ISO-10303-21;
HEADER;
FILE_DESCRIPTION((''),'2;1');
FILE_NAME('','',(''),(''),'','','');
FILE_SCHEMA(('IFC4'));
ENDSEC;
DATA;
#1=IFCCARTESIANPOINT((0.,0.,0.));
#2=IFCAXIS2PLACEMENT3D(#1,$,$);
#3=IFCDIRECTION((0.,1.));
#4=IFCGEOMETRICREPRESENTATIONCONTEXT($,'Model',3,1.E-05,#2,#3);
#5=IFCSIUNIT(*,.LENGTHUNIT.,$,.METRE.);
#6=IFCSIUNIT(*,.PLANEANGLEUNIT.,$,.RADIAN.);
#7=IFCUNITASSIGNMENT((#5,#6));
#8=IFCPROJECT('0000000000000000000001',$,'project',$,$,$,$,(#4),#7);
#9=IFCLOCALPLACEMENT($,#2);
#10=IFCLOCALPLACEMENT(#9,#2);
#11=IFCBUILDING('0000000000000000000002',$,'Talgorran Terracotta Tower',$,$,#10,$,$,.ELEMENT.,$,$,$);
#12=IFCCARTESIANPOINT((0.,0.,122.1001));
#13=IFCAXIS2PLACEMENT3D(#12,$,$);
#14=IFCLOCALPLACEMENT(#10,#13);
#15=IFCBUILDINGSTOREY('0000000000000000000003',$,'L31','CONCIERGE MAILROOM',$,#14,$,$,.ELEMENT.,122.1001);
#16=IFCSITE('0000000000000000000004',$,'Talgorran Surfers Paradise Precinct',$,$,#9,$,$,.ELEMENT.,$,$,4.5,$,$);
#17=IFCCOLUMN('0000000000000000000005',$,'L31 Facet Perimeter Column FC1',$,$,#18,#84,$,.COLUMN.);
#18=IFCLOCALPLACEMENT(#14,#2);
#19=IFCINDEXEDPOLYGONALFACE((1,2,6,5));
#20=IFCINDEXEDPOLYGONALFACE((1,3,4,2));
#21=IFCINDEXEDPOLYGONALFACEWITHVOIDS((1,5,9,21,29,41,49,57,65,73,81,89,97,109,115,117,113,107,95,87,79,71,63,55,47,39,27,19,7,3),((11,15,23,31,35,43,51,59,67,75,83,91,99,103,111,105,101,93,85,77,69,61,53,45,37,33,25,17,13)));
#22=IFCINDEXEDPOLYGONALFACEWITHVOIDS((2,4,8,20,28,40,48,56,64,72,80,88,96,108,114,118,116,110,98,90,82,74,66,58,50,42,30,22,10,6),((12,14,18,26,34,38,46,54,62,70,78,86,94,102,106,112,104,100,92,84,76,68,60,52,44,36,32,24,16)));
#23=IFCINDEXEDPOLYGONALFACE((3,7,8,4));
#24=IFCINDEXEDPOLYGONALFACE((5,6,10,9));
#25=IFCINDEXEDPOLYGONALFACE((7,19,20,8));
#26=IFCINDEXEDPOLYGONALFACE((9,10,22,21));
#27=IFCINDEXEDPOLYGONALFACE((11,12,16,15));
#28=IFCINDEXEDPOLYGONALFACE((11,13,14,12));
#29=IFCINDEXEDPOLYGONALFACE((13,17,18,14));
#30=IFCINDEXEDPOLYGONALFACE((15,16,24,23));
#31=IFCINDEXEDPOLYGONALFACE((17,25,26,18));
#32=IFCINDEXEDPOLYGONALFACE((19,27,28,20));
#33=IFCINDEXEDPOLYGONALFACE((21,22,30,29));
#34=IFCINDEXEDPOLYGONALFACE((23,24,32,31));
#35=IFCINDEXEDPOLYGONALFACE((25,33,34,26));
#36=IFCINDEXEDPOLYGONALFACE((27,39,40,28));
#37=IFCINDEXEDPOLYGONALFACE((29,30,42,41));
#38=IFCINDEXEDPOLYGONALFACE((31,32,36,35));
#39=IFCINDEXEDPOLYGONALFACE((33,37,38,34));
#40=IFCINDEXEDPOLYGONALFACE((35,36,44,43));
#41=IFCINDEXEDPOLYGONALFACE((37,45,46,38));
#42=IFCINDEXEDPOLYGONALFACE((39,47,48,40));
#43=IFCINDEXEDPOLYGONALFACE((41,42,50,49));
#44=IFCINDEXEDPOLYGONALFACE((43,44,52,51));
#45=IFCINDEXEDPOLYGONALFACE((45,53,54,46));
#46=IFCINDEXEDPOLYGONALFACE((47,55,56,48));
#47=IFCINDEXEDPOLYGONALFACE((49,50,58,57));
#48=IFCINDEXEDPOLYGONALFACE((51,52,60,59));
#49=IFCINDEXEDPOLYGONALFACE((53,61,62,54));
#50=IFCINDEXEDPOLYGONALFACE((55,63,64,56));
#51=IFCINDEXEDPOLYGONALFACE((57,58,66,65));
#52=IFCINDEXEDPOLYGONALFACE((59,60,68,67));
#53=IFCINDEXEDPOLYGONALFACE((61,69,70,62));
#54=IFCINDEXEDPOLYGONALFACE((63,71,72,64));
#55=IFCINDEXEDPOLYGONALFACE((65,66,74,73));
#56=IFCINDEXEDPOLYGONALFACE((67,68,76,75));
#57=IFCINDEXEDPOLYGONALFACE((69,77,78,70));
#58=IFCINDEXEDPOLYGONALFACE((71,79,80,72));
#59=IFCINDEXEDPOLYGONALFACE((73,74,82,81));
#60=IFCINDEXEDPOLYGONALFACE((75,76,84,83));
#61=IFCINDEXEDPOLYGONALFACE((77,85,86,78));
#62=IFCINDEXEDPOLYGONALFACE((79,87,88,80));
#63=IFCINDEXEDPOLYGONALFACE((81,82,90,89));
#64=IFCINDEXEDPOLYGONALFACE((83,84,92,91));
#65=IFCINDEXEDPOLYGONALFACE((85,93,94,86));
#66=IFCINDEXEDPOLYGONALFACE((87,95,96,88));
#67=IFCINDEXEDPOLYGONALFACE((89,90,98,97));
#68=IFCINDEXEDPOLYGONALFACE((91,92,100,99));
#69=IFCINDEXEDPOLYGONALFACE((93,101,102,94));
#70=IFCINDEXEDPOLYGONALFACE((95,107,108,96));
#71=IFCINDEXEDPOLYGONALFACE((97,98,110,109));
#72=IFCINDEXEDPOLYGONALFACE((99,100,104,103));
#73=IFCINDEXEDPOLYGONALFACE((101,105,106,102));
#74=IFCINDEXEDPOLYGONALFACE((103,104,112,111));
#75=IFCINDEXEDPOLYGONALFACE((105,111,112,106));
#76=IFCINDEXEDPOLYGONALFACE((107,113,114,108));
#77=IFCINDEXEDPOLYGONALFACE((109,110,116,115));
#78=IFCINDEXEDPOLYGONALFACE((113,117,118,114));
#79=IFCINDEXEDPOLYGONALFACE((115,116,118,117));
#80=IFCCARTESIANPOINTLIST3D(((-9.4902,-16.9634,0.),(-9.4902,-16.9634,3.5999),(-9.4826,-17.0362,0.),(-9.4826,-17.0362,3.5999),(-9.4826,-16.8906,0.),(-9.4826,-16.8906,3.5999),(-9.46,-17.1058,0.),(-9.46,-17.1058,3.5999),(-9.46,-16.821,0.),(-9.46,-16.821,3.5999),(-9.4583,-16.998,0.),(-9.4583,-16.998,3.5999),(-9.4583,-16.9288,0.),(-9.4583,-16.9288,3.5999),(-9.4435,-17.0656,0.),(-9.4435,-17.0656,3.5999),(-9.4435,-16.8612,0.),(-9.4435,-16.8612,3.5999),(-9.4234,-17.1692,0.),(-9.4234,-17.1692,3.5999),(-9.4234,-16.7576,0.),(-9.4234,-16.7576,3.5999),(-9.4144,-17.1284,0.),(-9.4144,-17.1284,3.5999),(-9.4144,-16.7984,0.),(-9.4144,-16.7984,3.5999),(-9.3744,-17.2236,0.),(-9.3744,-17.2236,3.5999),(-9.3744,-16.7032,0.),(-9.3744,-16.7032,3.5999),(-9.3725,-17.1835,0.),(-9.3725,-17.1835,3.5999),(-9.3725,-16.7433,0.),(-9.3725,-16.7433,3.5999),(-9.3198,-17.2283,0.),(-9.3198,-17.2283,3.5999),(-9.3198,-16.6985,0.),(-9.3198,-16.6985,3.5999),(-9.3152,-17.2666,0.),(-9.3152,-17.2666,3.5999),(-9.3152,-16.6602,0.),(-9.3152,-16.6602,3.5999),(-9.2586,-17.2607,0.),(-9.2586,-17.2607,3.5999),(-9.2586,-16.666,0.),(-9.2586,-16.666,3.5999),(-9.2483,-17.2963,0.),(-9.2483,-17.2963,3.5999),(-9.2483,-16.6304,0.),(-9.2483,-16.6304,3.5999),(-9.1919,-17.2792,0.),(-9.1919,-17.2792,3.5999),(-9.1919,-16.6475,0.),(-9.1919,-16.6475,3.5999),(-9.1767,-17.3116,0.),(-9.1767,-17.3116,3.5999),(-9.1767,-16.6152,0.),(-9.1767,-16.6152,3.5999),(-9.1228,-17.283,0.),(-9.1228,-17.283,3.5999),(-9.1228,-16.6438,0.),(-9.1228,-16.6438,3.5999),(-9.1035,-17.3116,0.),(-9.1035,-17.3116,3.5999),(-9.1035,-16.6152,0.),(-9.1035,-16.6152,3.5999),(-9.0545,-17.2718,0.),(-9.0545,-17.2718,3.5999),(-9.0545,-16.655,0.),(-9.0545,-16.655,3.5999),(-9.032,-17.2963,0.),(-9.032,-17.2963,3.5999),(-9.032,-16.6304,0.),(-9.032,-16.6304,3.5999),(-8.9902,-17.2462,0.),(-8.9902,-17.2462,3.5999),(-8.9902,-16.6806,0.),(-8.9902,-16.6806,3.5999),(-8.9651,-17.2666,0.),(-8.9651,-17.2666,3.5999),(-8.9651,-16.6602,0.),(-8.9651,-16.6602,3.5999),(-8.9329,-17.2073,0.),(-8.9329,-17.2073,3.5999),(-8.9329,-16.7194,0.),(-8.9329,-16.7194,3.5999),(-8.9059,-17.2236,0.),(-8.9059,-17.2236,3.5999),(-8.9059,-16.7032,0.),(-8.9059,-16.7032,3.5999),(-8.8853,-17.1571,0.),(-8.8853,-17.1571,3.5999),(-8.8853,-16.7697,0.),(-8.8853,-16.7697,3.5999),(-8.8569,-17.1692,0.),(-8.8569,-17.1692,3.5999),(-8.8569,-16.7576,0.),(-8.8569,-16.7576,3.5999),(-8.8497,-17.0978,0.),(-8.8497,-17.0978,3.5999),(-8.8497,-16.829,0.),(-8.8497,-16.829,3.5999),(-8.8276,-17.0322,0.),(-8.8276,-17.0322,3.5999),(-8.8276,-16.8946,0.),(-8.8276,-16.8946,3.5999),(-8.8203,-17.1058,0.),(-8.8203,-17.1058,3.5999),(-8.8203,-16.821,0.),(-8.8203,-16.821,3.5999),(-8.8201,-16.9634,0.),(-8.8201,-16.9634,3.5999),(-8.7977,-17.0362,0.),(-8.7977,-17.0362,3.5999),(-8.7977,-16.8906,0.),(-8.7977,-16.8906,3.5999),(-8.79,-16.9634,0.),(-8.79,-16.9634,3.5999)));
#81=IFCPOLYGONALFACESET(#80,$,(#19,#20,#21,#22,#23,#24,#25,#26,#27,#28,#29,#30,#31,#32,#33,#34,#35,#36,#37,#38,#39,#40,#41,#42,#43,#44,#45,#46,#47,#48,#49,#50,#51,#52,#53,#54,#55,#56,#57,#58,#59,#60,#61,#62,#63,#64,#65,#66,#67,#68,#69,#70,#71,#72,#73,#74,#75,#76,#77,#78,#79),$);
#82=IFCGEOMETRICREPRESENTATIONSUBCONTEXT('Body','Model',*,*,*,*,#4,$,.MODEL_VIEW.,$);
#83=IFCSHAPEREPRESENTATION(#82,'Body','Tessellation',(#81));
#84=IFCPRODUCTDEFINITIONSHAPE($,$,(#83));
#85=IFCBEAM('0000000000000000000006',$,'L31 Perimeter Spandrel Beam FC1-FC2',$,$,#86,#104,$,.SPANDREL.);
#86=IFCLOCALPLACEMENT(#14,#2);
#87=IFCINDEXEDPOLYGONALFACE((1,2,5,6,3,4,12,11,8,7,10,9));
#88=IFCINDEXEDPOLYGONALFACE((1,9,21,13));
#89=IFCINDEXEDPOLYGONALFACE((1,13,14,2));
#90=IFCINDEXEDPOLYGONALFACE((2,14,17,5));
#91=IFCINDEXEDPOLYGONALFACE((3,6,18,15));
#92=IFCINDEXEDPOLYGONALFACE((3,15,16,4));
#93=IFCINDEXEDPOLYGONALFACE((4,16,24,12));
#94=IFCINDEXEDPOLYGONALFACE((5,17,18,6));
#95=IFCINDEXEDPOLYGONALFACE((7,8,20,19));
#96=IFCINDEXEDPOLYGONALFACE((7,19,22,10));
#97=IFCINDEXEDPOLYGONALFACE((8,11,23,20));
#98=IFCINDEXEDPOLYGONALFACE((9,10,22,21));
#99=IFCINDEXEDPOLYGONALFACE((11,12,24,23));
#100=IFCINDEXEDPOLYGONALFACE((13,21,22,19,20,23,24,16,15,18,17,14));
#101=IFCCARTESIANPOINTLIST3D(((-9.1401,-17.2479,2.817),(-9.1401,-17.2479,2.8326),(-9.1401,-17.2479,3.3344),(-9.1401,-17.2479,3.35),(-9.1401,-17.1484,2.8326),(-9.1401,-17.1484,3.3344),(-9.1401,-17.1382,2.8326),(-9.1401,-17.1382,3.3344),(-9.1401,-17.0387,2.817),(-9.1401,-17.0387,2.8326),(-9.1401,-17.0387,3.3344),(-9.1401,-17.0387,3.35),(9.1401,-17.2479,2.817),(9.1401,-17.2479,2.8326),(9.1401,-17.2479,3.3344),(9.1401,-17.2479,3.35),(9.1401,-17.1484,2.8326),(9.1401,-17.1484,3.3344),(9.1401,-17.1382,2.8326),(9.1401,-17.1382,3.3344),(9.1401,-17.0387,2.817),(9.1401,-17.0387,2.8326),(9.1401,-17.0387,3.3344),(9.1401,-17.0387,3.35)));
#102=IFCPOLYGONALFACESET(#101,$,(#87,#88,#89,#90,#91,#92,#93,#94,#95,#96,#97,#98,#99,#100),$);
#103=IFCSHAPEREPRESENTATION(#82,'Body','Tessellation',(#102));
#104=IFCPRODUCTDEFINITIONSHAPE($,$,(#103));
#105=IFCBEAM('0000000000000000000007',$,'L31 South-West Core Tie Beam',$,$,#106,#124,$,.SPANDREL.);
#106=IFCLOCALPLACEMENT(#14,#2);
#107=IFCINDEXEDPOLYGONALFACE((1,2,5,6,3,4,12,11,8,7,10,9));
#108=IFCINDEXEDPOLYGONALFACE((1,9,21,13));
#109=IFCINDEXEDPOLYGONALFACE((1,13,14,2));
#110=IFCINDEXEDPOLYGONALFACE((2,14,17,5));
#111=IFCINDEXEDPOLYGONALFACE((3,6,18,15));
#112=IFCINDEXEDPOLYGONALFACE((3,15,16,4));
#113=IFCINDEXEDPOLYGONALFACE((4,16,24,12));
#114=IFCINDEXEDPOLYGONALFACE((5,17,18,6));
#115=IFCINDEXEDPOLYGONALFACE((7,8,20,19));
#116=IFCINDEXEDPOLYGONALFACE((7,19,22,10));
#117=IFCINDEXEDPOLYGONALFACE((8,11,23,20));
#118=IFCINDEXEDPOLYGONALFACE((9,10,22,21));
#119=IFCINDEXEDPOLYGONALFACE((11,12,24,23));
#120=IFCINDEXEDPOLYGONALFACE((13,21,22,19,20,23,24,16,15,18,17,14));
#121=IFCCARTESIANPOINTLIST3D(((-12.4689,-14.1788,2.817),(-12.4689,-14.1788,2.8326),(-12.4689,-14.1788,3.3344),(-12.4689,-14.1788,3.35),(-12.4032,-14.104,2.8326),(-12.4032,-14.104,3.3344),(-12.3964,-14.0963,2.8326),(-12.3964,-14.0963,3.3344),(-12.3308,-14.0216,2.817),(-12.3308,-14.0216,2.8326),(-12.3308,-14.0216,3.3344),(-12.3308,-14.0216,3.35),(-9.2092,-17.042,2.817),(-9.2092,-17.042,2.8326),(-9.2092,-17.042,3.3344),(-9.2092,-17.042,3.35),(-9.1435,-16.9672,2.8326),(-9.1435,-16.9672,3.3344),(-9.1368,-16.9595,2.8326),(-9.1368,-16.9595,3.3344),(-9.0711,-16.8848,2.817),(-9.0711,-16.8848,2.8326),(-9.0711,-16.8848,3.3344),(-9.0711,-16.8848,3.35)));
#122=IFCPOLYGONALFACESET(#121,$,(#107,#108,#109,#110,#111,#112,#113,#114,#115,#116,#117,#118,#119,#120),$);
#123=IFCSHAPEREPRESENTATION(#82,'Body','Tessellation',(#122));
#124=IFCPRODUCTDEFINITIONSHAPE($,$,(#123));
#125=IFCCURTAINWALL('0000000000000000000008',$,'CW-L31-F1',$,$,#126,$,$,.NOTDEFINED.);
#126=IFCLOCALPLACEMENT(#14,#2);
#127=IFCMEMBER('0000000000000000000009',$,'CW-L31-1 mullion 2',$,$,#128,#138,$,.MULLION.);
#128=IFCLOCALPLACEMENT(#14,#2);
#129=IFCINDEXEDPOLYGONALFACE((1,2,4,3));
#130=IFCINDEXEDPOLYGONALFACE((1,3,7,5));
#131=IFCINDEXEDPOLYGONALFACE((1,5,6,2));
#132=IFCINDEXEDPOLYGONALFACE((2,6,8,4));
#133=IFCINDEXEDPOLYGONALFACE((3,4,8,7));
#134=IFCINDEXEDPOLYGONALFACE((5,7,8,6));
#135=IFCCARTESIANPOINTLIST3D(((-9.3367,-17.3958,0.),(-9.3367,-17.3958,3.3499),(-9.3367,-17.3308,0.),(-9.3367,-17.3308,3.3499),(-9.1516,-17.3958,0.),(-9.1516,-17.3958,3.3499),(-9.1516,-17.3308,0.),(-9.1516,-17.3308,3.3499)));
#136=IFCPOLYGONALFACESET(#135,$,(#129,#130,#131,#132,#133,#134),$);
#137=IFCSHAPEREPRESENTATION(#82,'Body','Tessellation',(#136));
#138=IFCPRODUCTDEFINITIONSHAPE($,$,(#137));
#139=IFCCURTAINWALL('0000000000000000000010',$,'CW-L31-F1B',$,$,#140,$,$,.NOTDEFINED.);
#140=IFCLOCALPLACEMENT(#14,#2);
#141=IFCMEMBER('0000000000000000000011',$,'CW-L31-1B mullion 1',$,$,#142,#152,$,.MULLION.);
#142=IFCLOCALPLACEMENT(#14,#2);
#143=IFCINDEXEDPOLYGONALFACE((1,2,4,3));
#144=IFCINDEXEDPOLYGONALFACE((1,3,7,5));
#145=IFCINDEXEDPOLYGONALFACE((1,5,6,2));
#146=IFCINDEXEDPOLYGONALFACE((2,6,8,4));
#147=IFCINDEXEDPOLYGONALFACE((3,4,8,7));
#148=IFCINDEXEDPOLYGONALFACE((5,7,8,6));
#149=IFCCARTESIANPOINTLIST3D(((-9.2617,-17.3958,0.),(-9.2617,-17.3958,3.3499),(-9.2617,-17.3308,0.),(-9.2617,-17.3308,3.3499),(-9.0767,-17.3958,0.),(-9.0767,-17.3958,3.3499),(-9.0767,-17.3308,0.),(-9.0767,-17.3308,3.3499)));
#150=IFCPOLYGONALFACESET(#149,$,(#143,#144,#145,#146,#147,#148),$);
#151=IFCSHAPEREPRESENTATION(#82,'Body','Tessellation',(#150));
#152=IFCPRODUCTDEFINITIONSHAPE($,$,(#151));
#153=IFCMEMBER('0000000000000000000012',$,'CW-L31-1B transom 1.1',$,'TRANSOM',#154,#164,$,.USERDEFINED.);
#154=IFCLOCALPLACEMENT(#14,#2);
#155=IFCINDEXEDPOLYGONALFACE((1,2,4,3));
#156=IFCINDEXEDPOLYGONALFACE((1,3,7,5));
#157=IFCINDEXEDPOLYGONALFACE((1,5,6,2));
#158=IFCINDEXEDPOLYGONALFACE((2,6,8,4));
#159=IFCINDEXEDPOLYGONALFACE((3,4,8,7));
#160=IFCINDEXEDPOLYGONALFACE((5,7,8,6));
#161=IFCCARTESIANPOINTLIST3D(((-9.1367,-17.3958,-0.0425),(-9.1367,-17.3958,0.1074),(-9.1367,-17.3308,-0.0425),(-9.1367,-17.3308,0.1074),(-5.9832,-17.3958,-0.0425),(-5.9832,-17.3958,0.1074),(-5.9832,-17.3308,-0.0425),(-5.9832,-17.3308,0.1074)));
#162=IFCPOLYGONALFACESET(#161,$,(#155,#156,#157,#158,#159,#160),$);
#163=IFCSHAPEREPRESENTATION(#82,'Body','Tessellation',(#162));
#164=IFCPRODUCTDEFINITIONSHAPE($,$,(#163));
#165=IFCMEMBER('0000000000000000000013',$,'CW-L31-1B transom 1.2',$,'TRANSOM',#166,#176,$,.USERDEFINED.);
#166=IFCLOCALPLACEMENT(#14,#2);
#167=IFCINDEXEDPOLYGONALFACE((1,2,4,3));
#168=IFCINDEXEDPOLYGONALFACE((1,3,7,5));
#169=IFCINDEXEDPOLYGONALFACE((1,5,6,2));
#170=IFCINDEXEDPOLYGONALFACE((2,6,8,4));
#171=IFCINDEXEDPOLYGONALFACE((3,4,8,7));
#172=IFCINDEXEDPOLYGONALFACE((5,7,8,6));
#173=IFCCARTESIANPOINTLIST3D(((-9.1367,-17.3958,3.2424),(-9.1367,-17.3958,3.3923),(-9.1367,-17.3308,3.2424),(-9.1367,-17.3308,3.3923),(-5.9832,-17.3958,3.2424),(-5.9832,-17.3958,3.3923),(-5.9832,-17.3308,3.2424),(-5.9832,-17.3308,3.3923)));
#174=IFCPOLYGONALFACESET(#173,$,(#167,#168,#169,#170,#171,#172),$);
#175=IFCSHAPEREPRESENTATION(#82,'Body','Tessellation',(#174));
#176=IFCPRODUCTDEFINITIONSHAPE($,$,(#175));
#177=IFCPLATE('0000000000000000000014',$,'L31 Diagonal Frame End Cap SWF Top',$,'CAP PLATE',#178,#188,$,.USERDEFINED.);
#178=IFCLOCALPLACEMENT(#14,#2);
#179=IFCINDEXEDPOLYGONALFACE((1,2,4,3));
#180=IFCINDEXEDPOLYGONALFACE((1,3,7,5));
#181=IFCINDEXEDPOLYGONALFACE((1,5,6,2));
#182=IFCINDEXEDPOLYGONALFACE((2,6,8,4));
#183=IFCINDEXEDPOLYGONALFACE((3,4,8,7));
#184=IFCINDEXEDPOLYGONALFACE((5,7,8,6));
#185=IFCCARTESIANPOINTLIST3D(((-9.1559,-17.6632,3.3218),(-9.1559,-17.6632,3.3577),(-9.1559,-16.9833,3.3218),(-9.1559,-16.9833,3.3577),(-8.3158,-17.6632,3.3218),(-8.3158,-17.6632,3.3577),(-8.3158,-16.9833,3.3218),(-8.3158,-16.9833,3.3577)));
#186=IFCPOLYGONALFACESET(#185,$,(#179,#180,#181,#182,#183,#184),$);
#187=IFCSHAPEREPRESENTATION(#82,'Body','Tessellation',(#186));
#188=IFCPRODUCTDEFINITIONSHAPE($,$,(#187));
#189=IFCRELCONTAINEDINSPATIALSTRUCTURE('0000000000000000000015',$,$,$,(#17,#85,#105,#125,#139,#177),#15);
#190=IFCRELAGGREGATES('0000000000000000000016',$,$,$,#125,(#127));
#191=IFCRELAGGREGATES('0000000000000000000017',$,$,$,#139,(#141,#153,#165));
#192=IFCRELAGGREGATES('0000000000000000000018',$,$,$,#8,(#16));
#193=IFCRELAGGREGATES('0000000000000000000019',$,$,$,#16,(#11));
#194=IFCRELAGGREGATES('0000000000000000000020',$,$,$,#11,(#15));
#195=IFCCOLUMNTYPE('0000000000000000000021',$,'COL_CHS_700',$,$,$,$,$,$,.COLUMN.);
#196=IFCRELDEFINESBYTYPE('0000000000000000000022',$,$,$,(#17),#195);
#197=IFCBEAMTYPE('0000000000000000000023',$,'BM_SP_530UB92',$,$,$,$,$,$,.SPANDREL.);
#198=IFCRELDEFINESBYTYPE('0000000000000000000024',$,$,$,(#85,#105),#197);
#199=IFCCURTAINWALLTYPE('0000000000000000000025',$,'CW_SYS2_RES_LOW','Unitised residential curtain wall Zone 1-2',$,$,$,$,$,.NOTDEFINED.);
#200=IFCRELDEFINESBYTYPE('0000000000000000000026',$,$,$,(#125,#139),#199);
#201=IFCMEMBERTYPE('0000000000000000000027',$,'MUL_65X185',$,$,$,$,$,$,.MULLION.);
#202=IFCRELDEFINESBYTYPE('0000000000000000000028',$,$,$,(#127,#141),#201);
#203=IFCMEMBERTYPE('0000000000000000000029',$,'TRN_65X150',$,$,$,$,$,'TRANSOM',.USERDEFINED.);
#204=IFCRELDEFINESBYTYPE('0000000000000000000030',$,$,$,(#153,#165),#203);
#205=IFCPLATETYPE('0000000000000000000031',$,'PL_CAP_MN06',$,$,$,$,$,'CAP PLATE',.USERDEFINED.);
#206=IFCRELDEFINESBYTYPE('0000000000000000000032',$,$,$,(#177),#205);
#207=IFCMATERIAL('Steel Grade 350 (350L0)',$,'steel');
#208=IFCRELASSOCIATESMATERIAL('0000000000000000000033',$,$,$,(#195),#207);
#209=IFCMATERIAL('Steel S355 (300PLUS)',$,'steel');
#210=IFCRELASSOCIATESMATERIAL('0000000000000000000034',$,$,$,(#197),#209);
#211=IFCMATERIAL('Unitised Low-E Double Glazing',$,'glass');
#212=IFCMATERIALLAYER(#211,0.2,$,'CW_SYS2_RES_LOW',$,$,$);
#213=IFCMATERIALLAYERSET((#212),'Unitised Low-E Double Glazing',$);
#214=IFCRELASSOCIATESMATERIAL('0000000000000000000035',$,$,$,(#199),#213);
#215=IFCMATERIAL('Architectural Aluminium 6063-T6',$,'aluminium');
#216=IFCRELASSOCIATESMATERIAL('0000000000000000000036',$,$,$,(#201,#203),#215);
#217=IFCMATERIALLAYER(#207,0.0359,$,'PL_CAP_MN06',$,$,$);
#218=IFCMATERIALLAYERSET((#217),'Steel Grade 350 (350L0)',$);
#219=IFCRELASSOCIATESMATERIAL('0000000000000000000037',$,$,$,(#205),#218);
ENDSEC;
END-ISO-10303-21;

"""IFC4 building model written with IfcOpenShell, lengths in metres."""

from ifc_helpers import new_model, si_unit, direction, frame, origin, origin_2d, place, context, subcontext, project, spatial, rectangle, hollow_circle, i_section, extrude, material, layer, layer_set, material_profile, profile_set, type_object, element, aggregate, save


model = new_model("IFC4")

# Units and contexts
model_context = context("Model", 3, precision=1e-05, world=origin(), true_north=direction((0.0, 1.0)))
body_context = subcontext(model_context, "Body", "Model", "MODEL_VIEW")
ifc_project = project(units=[si_unit("LENGTHUNIT", "METRE"), si_unit("PLANEANGLEUNIT", "RADIAN")], contexts=[model_context])

# Site, building, storey
site_placement = place(None, origin())
site = spatial("IfcSite", under=ifc_project, at=site_placement, Name="Talgorran Surfers Paradise Precinct", CompositionType="ELEMENT", RefElevation=4.5)
building_placement = place(site_placement, origin())
building = spatial("IfcBuilding", under=site, at=building_placement, Name="Talgorran Terracotta Tower", CompositionType="ELEMENT")
storey_placement = place(building_placement, frame((0.0, 0.0, 122.1001)))
storey = spatial("IfcBuildingStorey", under=building, at=storey_placement, Name="L31", Description="CONCIERGE MAILROOM", CompositionType="ELEMENT", Elevation=122.1001)

# Column
ifc_material_1 = material(Name="Steel Grade 350 (350L0)", Category="steel")
ifc_material_profile_1 = material_profile(ifc_material_1, hollow_circle(Radius=0.3501, WallThickness=0.03, at=origin_2d()), Name="CHS700X30")
ifc_profile_set_1 = profile_set([ifc_material_profile_1], Name="Steel Grade 350 (350L0)")
column_type = type_object("IfcColumnType", Name="COL_CHS_700", PredefinedType="COLUMN", material=ifc_profile_set_1)
column_placement = place(storey_placement, frame((-9.1401, -16.9634, 0.0), z_axis=(0.0, 0.0, 1.0), x_axis=(1.0, 0.0, 0.0)))
element("IfcColumn", 1, at=column_placement, inside=storey, type_object=column_type, Name="L31 Facet Perimeter Column FC1", PredefinedType="COLUMN", context=body_context, shape_type="SweptSolid", body=[
    extrude(hollow_circle(Radius=0.3501, WallThickness=0.03, at=origin_2d()), origin(), (0.0, 0.0, 1.0), 3.5999),
])

# Beams
ifc_material_2 = material(Name="Steel S355 (300PLUS)", Category="steel")
ifc_material_profile_2 = material_profile(ifc_material_2, i_section(OverallWidth=0.2092, OverallDepth=0.533, WebThickness=0.0103, FlangeThickness=0.0156, at=origin_2d()), Name="530UB92.4")
ifc_profile_set_2 = profile_set([ifc_material_profile_2], Name="Steel S355 (300PLUS)")
beam_type = type_object("IfcBeamType", Name="BM_SP_530UB92", PredefinedType="SPANDREL", material=ifc_profile_set_2)
beam_1_placement = place(storey_placement, frame((-9.1401, -17.1433, 3.0835), z_axis=(1.0, 0.0, 0.0), x_axis=(0.0, 1.0, 0.0)))
element("IfcBeam", 2, at=beam_1_placement, inside=storey, type_object=beam_type, Name="L31 Perimeter Spandrel Beam FC1-FC2", PredefinedType="SPANDREL", context=body_context, shape_type="SweptSolid", body=[
    extrude(i_section(OverallWidth=0.2092, OverallDepth=0.533, WebThickness=0.0103, FlangeThickness=0.0156, at=origin_2d()), origin(), (0.0, 0.0, 1.0), 18.2803),
])
beam_2_placement = place(storey_placement, frame((-9.1401, -16.9634, 3.0835), z_axis=(-0.75132, 0.659938, 0.0), x_axis=(-0.659938, -0.75132, 0.0)))
element("IfcBeam", 3, at=beam_2_placement, inside=storey, type_object=beam_type, Name="L31 South-West Core Tie Beam", PredefinedType="SPANDREL", context=body_context, shape_type="SweptSolid", body=[
    extrude(i_section(OverallWidth=0.2092, OverallDepth=0.533, WebThickness=0.0103, FlangeThickness=0.0156, at=origin_2d()), origin(), (0.0, 0.0, 1.0), 4.3386),
])

# Curtain wall, member
ifc_material_3 = material(Name="Unitised Low-E Double Glazing", Category="glass")
ifc_layer_1 = layer(ifc_material_3, 0.2, Name="CW_SYS2_RES_LOW")
ifc_layer_set_1 = layer_set([ifc_layer_1], Name="Unitised Low-E Double Glazing")
curtain_wall_type = type_object("IfcCurtainWallType", Name="CW_SYS2_RES_LOW", Description="Unitised residential curtain wall Zone 1-2", PredefinedType="NOTDEFINED", material=ifc_layer_set_1)
curtain_wall_1_placement = place(storey_placement, origin())
curtain_wall_1 = element("IfcCurtainWall", 4, at=curtain_wall_1_placement, inside=storey, type_object=curtain_wall_type, Name="CW-L31-F1", PredefinedType="NOTDEFINED")
ifc_material_4 = material(Name="Architectural Aluminium 6063-T6", Category="aluminium")
ifc_material_profile_3 = material_profile(ifc_material_4, rectangle(XDim=0.0649, YDim=0.1851, at=origin_2d()), Name="CWM65X185")
ifc_profile_set_3 = profile_set([ifc_material_profile_3], Name="Architectural Aluminium 6063-T6")
member_type_1 = type_object("IfcMemberType", Name="MUL_65X185", PredefinedType="MULLION", material=ifc_profile_set_3)
member_1_placement = place(storey_placement, frame((-9.2441, -17.3633, 0.0), z_axis=(0.0, 0.0, 1.0), x_axis=(0.0, 1.0, 0.0)))
member_1 = element("IfcMember", 5, at=member_1_placement, type_object=member_type_1, Name="CW-L31-1 mullion 2", PredefinedType="MULLION", context=body_context, shape_type="SweptSolid", body=[
    extrude(rectangle(XDim=0.0649, YDim=0.1851, at=origin_2d()), origin(), (0.0, 0.0, 1.0), 3.3499),
])
aggregate(curtain_wall_1, [member_1])

# Curtain wall, members
curtain_wall_2_placement = place(storey_placement, origin())
curtain_wall_2 = element("IfcCurtainWall", 6, at=curtain_wall_2_placement, inside=storey, type_object=curtain_wall_type, Name="CW-L31-F1B", PredefinedType="NOTDEFINED")
member_2_placement = place(storey_placement, frame((-9.1692, -17.3633, 0.0), z_axis=(0.0, 0.0, 1.0), x_axis=(0.0, 1.0, 0.0)))
member_2 = element("IfcMember", 7, at=member_2_placement, type_object=member_type_1, Name="CW-L31-1B mullion 1", PredefinedType="MULLION", context=body_context, shape_type="SweptSolid", body=[
    extrude(rectangle(XDim=0.0649, YDim=0.1851, at=origin_2d()), origin(), (0.0, 0.0, 1.0), 3.3499),
])
ifc_material_profile_4 = material_profile(ifc_material_4, rectangle(XDim=0.0649, YDim=0.1499, at=origin_2d()), Name="CWT65X150")
ifc_profile_set_4 = profile_set([ifc_material_profile_4], Name="Architectural Aluminium 6063-T6")
member_type_2 = type_object("IfcMemberType", Name="TRN_65X150", ElementType="TRANSOM", PredefinedType="USERDEFINED", material=ifc_profile_set_4)
member_3_placement = place(storey_placement, frame((-9.1367, -17.3633, 0.0325), z_axis=(1.0, 0.0, 0.0), x_axis=(0.0, 1.0, 0.0)))
member_3 = element("IfcMember", 8, at=member_3_placement, type_object=member_type_2, Name="CW-L31-1B transom 1.1", ObjectType="TRANSOM", PredefinedType="USERDEFINED", context=body_context, shape_type="SweptSolid", body=[
    extrude(rectangle(XDim=0.0649, YDim=0.1499, at=origin_2d()), origin(), (0.0, 0.0, 1.0), 3.1536),
])
member_4_placement = place(storey_placement, frame((-9.1367, -17.3633, 3.3174), z_axis=(1.0, 0.0, 0.0), x_axis=(0.0, 1.0, 0.0)))
member_4 = element("IfcMember", 9, at=member_4_placement, type_object=member_type_2, Name="CW-L31-1B transom 1.2", ObjectType="TRANSOM", PredefinedType="USERDEFINED", context=body_context, shape_type="SweptSolid", body=[
    extrude(rectangle(XDim=0.0649, YDim=0.1499, at=origin_2d()), origin(), (0.0, 0.0, 1.0), 3.1536),
])
aggregate(curtain_wall_2, [member_2, member_3, member_4])

# Plate
ifc_layer_2 = layer(ifc_material_1, 0.0359, Name="PL_CAP_MN06")
ifc_layer_set_2 = layer_set([ifc_layer_2], Name="Steel Grade 350 (350L0)")
plate_type = type_object("IfcPlateType", Name="PL_CAP_MN06", ElementType="CAP PLATE", PredefinedType="USERDEFINED", material=ifc_layer_set_2)
plate_placement = place(storey_placement, frame((-8.7358, -17.3232, 3.3218), z_axis=(0.0, 0.0, 1.0), x_axis=(-1.0, 0.0, 0.0)))
element("IfcPlate", 10, at=plate_placement, inside=storey, type_object=plate_type, Name="L31 Diagonal Frame End Cap SWF Top", ObjectType="CAP PLATE", PredefinedType="USERDEFINED", context=body_context, shape_type="SweptSolid", body=[
    extrude(rectangle(XDim=0.8401, YDim=0.6799, at=origin_2d()), origin(), (0.0, 0.0, 1.0), 0.0359),
])

save(model, "model.ifc")
